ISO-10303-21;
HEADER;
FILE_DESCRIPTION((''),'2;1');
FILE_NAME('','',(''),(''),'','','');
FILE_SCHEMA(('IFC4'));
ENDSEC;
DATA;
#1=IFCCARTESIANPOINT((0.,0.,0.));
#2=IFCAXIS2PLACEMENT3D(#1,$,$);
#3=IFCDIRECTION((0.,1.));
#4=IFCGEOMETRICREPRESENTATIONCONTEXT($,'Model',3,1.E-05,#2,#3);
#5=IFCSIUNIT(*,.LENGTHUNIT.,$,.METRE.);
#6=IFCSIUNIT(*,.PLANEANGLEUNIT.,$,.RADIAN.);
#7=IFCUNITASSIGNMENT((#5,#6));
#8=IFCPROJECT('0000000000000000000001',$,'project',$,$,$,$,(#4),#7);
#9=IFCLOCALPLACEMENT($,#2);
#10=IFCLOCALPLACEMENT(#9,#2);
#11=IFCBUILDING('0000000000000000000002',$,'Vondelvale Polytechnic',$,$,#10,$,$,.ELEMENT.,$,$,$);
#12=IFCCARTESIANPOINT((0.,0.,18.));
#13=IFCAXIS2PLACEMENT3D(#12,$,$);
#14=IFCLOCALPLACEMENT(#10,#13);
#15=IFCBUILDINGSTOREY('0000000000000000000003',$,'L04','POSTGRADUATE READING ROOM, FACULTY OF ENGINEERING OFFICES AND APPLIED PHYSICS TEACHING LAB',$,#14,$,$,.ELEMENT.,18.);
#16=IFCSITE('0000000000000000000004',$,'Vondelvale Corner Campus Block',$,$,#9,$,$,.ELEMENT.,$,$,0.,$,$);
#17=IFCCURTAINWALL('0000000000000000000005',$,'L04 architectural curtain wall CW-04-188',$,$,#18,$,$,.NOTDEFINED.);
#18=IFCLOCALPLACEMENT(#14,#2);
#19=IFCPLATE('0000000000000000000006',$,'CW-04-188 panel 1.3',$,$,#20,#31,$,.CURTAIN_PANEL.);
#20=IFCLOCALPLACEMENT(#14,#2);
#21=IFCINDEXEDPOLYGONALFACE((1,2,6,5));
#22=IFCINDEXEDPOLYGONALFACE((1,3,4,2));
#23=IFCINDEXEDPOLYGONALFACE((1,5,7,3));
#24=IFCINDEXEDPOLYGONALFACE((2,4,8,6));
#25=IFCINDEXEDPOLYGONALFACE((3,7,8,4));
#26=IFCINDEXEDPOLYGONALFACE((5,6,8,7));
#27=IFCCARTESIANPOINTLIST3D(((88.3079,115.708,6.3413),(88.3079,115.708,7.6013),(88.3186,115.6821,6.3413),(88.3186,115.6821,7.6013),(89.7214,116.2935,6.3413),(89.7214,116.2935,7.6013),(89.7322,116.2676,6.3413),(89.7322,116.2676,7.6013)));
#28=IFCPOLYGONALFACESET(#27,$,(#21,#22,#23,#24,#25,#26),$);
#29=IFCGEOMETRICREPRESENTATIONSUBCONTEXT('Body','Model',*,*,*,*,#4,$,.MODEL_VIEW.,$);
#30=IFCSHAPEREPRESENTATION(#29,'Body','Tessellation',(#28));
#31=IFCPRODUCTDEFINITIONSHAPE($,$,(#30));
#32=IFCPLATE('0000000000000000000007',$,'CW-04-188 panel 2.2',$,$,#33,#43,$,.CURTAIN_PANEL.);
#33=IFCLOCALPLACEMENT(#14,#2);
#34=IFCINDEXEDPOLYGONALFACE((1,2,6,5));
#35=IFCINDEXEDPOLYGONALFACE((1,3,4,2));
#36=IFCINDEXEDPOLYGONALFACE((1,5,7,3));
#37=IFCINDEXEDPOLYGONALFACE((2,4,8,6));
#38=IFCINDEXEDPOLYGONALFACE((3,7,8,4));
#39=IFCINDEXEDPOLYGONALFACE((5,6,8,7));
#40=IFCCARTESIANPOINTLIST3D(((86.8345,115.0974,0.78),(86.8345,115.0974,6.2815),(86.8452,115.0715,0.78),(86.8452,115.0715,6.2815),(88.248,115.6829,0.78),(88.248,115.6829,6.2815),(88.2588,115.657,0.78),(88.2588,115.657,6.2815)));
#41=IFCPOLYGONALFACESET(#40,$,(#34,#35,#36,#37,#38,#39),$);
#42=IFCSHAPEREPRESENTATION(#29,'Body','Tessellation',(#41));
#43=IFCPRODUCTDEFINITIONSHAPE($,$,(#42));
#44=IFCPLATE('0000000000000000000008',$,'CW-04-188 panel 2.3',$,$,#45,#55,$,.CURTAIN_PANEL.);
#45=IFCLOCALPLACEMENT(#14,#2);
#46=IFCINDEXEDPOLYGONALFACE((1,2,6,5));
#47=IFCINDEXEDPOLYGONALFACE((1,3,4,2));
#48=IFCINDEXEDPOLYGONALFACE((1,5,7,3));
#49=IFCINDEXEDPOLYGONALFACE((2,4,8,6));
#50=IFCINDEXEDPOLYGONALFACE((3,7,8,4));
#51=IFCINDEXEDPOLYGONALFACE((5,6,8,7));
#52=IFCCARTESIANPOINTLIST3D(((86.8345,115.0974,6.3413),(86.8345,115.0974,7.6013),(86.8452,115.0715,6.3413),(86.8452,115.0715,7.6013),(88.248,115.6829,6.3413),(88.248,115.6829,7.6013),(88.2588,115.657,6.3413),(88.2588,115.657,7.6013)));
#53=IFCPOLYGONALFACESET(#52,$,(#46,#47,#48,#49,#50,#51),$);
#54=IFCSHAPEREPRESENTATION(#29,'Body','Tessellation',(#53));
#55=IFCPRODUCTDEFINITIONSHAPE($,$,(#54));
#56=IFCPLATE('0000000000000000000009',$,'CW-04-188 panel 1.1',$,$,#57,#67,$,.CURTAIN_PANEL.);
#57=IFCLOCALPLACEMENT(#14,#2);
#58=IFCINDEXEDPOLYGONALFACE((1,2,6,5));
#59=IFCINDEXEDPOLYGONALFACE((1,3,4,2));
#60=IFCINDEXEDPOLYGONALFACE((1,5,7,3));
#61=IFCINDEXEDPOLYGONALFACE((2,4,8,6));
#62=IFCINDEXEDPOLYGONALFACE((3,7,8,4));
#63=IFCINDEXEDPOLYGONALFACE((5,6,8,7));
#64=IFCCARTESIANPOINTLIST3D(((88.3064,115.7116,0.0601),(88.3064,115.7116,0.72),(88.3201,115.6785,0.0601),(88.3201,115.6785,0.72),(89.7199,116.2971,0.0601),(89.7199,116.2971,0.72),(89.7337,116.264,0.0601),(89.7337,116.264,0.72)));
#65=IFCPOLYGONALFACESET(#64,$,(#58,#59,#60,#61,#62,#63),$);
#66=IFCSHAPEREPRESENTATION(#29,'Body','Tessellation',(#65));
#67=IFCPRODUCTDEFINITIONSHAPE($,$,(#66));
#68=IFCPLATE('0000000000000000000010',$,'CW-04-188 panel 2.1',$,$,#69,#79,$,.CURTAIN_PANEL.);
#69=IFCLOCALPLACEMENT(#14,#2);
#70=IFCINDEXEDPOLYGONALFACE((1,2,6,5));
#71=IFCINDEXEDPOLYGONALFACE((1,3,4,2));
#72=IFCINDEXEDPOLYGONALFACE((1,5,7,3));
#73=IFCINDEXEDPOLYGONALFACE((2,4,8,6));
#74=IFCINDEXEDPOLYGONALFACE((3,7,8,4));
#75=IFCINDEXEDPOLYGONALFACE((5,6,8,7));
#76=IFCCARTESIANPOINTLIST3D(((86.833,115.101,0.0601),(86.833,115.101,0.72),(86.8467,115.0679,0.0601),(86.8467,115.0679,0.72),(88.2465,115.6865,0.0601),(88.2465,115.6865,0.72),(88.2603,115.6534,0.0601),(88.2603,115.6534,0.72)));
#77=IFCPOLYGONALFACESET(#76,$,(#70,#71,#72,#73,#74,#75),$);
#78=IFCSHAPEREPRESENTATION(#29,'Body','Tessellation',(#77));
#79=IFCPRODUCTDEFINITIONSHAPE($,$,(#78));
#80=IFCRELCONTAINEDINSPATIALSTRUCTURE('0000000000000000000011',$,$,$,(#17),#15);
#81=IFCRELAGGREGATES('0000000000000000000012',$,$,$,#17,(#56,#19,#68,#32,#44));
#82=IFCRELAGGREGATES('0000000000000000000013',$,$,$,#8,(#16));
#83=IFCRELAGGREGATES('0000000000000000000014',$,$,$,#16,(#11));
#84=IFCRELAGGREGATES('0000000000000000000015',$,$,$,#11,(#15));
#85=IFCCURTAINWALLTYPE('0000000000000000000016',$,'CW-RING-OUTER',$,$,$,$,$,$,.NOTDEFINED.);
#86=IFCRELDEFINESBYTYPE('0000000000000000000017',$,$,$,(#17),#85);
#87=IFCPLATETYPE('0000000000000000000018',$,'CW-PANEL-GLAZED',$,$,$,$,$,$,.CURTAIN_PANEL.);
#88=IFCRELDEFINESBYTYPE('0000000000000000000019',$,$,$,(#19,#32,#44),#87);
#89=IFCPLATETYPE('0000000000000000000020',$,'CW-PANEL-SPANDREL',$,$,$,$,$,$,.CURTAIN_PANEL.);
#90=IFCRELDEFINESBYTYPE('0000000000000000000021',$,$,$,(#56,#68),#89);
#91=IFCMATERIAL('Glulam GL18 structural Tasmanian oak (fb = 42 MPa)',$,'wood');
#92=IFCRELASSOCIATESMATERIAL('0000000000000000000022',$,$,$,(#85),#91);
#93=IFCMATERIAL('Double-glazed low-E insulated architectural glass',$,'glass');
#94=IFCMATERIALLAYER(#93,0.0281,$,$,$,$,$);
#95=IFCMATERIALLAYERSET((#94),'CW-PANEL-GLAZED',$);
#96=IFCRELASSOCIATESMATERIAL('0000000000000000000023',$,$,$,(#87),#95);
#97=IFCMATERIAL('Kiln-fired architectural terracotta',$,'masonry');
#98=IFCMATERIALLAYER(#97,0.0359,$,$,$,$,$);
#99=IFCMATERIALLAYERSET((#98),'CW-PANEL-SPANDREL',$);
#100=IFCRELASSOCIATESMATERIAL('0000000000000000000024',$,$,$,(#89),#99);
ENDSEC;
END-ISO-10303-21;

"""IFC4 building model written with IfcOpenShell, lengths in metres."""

from ifc_helpers import new_model, si_unit, direction, frame, origin, origin_2d, place, context, subcontext, project, spatial, rectangle, extrude, material, layer, layer_set, type_object, element, aggregate, save


model = new_model("IFC4")

# Units and contexts
model_context = context("Model", 3, precision=1e-05, world=origin(), true_north=direction((0.0, 1.0)))
body_context = subcontext(model_context, "Body", "Model", "MODEL_VIEW")
ifc_project = project(units=[si_unit("LENGTHUNIT", "METRE"), si_unit("PLANEANGLEUNIT", "RADIAN")], contexts=[model_context])

# Site, building, storey
site_placement = place(None, origin())
site = spatial("IfcSite", under=ifc_project, at=site_placement, Name="Vondelvale Corner Campus Block", CompositionType="ELEMENT", RefElevation=0.0)
building_placement = place(site_placement, origin())
building = spatial("IfcBuilding", under=site, at=building_placement, Name="Vondelvale Polytechnic", CompositionType="ELEMENT")
storey_placement = place(building_placement, frame((0.0, 0.0, 18.0)))
storey = spatial("IfcBuildingStorey", under=building, at=storey_placement, Name="L04", Description="POSTGRADUATE READING ROOM, FACULTY OF ENGINEERING OFFICES AND APPLIED PHYSICS TEACHING LAB", CompositionType="ELEMENT", Elevation=18.0)

# Shared definitions
ifc_material_1 = material(Name="Glulam GL18 structural Tasmanian oak (fb = 42 MPa)", Category="wood")

# Curtain wall
curtain_wall_type = type_object("IfcCurtainWallType", Name="CW-RING-OUTER", PredefinedType="NOTDEFINED", material=ifc_material_1)
curtain_wall_1_placement = place(storey_placement, origin())
curtain_wall_1 = element("IfcCurtainWall", 1, at=curtain_wall_1_placement, inside=storey, type_object=curtain_wall_type, Name="L04 architectural curtain wall CW-04-188", PredefinedType="NOTDEFINED")

# Plates
ifc_material_2 = material(Name="Double-glazed low-E insulated architectural glass", Category="glass")
ifc_layer_1 = layer(ifc_material_2, 0.0281)
ifc_layer_set_1 = layer_set([ifc_layer_1], Name="CW-PANEL-GLAZED")
plate_type_1 = type_object("IfcPlateType", Name="CW-PANEL-GLAZED", PredefinedType="CURTAIN_PANEL", material=ifc_layer_set_1)
plate_1_placement = place(storey_placement, frame((89.02, 115.9878, 6.3413), z_axis=(0.0, 0.0, 1.0), x_axis=(-0.923882, -0.382677, 0.0)))
plate_1 = element("IfcPlate", 2, at=plate_1_placement, type_object=plate_type_1, Name="CW-04-188 panel 1.3", PredefinedType="CURTAIN_PANEL", context=body_context, shape_type="SweptSolid", body=[
    extrude(rectangle(XDim=1.53, YDim=0.0281, at=origin_2d()), origin(), (0.0, 0.0, 1.0), 1.26),
])
plate_2_placement = place(storey_placement, frame((87.5466, 115.3772, 0.78), z_axis=(0.0, 0.0, 1.0), x_axis=(-0.923882, -0.382677, 0.0)))
plate_2 = element("IfcPlate", 3, at=plate_2_placement, type_object=plate_type_1, Name="CW-04-188 panel 2.2", PredefinedType="CURTAIN_PANEL", context=body_context, shape_type="SweptSolid", body=[
    extrude(rectangle(XDim=1.53, YDim=0.0281, at=origin_2d()), origin(), (0.0, 0.0, 1.0), 5.5015),
])
plate_3_placement = place(storey_placement, frame((87.5466, 115.3772, 6.3413), z_axis=(0.0, 0.0, 1.0), x_axis=(-0.923882, -0.382677, 0.0)))
plate_3 = element("IfcPlate", 4, at=plate_3_placement, type_object=plate_type_1, Name="CW-04-188 panel 2.3", PredefinedType="CURTAIN_PANEL", context=body_context, shape_type="SweptSolid", body=[
    extrude(rectangle(XDim=1.53, YDim=0.0281, at=origin_2d()), origin(), (0.0, 0.0, 1.0), 1.26),
])
ifc_material_3 = material(Name="Kiln-fired architectural terracotta", Category="masonry")
ifc_layer_2 = layer(ifc_material_3, 0.0359)
ifc_layer_set_2 = layer_set([ifc_layer_2], Name="CW-PANEL-SPANDREL")
plate_type_2 = type_object("IfcPlateType", Name="CW-PANEL-SPANDREL", PredefinedType="CURTAIN_PANEL", material=ifc_layer_set_2)
plate_4_placement = place(storey_placement, frame((89.02, 115.9878, 0.0601), z_axis=(0.0, 0.0, 1.0), x_axis=(-0.923882, -0.382677, 0.0)))
plate_4 = element("IfcPlate", 5, at=plate_4_placement, type_object=plate_type_2, Name="CW-04-188 panel 1.1", PredefinedType="CURTAIN_PANEL", context=body_context, shape_type="SweptSolid", body=[
    extrude(rectangle(XDim=1.53, YDim=0.0359, at=origin_2d()), origin(), (0.0, 0.0, 1.0), 0.6599),
])
plate_5_placement = place(storey_placement, frame((87.5466, 115.3772, 0.0601), z_axis=(0.0, 0.0, 1.0), x_axis=(-0.923882, -0.382677, 0.0)))
plate_5 = element("IfcPlate", 6, at=plate_5_placement, type_object=plate_type_2, Name="CW-04-188 panel 2.1", PredefinedType="CURTAIN_PANEL", context=body_context, shape_type="SweptSolid", body=[
    extrude(rectangle(XDim=1.53, YDim=0.0359, at=origin_2d()), origin(), (0.0, 0.0, 1.0), 0.6599),
])
aggregate(curtain_wall_1, [plate_4, plate_1, plate_5, plate_2, plate_3])

save(model, "model.ifc")
